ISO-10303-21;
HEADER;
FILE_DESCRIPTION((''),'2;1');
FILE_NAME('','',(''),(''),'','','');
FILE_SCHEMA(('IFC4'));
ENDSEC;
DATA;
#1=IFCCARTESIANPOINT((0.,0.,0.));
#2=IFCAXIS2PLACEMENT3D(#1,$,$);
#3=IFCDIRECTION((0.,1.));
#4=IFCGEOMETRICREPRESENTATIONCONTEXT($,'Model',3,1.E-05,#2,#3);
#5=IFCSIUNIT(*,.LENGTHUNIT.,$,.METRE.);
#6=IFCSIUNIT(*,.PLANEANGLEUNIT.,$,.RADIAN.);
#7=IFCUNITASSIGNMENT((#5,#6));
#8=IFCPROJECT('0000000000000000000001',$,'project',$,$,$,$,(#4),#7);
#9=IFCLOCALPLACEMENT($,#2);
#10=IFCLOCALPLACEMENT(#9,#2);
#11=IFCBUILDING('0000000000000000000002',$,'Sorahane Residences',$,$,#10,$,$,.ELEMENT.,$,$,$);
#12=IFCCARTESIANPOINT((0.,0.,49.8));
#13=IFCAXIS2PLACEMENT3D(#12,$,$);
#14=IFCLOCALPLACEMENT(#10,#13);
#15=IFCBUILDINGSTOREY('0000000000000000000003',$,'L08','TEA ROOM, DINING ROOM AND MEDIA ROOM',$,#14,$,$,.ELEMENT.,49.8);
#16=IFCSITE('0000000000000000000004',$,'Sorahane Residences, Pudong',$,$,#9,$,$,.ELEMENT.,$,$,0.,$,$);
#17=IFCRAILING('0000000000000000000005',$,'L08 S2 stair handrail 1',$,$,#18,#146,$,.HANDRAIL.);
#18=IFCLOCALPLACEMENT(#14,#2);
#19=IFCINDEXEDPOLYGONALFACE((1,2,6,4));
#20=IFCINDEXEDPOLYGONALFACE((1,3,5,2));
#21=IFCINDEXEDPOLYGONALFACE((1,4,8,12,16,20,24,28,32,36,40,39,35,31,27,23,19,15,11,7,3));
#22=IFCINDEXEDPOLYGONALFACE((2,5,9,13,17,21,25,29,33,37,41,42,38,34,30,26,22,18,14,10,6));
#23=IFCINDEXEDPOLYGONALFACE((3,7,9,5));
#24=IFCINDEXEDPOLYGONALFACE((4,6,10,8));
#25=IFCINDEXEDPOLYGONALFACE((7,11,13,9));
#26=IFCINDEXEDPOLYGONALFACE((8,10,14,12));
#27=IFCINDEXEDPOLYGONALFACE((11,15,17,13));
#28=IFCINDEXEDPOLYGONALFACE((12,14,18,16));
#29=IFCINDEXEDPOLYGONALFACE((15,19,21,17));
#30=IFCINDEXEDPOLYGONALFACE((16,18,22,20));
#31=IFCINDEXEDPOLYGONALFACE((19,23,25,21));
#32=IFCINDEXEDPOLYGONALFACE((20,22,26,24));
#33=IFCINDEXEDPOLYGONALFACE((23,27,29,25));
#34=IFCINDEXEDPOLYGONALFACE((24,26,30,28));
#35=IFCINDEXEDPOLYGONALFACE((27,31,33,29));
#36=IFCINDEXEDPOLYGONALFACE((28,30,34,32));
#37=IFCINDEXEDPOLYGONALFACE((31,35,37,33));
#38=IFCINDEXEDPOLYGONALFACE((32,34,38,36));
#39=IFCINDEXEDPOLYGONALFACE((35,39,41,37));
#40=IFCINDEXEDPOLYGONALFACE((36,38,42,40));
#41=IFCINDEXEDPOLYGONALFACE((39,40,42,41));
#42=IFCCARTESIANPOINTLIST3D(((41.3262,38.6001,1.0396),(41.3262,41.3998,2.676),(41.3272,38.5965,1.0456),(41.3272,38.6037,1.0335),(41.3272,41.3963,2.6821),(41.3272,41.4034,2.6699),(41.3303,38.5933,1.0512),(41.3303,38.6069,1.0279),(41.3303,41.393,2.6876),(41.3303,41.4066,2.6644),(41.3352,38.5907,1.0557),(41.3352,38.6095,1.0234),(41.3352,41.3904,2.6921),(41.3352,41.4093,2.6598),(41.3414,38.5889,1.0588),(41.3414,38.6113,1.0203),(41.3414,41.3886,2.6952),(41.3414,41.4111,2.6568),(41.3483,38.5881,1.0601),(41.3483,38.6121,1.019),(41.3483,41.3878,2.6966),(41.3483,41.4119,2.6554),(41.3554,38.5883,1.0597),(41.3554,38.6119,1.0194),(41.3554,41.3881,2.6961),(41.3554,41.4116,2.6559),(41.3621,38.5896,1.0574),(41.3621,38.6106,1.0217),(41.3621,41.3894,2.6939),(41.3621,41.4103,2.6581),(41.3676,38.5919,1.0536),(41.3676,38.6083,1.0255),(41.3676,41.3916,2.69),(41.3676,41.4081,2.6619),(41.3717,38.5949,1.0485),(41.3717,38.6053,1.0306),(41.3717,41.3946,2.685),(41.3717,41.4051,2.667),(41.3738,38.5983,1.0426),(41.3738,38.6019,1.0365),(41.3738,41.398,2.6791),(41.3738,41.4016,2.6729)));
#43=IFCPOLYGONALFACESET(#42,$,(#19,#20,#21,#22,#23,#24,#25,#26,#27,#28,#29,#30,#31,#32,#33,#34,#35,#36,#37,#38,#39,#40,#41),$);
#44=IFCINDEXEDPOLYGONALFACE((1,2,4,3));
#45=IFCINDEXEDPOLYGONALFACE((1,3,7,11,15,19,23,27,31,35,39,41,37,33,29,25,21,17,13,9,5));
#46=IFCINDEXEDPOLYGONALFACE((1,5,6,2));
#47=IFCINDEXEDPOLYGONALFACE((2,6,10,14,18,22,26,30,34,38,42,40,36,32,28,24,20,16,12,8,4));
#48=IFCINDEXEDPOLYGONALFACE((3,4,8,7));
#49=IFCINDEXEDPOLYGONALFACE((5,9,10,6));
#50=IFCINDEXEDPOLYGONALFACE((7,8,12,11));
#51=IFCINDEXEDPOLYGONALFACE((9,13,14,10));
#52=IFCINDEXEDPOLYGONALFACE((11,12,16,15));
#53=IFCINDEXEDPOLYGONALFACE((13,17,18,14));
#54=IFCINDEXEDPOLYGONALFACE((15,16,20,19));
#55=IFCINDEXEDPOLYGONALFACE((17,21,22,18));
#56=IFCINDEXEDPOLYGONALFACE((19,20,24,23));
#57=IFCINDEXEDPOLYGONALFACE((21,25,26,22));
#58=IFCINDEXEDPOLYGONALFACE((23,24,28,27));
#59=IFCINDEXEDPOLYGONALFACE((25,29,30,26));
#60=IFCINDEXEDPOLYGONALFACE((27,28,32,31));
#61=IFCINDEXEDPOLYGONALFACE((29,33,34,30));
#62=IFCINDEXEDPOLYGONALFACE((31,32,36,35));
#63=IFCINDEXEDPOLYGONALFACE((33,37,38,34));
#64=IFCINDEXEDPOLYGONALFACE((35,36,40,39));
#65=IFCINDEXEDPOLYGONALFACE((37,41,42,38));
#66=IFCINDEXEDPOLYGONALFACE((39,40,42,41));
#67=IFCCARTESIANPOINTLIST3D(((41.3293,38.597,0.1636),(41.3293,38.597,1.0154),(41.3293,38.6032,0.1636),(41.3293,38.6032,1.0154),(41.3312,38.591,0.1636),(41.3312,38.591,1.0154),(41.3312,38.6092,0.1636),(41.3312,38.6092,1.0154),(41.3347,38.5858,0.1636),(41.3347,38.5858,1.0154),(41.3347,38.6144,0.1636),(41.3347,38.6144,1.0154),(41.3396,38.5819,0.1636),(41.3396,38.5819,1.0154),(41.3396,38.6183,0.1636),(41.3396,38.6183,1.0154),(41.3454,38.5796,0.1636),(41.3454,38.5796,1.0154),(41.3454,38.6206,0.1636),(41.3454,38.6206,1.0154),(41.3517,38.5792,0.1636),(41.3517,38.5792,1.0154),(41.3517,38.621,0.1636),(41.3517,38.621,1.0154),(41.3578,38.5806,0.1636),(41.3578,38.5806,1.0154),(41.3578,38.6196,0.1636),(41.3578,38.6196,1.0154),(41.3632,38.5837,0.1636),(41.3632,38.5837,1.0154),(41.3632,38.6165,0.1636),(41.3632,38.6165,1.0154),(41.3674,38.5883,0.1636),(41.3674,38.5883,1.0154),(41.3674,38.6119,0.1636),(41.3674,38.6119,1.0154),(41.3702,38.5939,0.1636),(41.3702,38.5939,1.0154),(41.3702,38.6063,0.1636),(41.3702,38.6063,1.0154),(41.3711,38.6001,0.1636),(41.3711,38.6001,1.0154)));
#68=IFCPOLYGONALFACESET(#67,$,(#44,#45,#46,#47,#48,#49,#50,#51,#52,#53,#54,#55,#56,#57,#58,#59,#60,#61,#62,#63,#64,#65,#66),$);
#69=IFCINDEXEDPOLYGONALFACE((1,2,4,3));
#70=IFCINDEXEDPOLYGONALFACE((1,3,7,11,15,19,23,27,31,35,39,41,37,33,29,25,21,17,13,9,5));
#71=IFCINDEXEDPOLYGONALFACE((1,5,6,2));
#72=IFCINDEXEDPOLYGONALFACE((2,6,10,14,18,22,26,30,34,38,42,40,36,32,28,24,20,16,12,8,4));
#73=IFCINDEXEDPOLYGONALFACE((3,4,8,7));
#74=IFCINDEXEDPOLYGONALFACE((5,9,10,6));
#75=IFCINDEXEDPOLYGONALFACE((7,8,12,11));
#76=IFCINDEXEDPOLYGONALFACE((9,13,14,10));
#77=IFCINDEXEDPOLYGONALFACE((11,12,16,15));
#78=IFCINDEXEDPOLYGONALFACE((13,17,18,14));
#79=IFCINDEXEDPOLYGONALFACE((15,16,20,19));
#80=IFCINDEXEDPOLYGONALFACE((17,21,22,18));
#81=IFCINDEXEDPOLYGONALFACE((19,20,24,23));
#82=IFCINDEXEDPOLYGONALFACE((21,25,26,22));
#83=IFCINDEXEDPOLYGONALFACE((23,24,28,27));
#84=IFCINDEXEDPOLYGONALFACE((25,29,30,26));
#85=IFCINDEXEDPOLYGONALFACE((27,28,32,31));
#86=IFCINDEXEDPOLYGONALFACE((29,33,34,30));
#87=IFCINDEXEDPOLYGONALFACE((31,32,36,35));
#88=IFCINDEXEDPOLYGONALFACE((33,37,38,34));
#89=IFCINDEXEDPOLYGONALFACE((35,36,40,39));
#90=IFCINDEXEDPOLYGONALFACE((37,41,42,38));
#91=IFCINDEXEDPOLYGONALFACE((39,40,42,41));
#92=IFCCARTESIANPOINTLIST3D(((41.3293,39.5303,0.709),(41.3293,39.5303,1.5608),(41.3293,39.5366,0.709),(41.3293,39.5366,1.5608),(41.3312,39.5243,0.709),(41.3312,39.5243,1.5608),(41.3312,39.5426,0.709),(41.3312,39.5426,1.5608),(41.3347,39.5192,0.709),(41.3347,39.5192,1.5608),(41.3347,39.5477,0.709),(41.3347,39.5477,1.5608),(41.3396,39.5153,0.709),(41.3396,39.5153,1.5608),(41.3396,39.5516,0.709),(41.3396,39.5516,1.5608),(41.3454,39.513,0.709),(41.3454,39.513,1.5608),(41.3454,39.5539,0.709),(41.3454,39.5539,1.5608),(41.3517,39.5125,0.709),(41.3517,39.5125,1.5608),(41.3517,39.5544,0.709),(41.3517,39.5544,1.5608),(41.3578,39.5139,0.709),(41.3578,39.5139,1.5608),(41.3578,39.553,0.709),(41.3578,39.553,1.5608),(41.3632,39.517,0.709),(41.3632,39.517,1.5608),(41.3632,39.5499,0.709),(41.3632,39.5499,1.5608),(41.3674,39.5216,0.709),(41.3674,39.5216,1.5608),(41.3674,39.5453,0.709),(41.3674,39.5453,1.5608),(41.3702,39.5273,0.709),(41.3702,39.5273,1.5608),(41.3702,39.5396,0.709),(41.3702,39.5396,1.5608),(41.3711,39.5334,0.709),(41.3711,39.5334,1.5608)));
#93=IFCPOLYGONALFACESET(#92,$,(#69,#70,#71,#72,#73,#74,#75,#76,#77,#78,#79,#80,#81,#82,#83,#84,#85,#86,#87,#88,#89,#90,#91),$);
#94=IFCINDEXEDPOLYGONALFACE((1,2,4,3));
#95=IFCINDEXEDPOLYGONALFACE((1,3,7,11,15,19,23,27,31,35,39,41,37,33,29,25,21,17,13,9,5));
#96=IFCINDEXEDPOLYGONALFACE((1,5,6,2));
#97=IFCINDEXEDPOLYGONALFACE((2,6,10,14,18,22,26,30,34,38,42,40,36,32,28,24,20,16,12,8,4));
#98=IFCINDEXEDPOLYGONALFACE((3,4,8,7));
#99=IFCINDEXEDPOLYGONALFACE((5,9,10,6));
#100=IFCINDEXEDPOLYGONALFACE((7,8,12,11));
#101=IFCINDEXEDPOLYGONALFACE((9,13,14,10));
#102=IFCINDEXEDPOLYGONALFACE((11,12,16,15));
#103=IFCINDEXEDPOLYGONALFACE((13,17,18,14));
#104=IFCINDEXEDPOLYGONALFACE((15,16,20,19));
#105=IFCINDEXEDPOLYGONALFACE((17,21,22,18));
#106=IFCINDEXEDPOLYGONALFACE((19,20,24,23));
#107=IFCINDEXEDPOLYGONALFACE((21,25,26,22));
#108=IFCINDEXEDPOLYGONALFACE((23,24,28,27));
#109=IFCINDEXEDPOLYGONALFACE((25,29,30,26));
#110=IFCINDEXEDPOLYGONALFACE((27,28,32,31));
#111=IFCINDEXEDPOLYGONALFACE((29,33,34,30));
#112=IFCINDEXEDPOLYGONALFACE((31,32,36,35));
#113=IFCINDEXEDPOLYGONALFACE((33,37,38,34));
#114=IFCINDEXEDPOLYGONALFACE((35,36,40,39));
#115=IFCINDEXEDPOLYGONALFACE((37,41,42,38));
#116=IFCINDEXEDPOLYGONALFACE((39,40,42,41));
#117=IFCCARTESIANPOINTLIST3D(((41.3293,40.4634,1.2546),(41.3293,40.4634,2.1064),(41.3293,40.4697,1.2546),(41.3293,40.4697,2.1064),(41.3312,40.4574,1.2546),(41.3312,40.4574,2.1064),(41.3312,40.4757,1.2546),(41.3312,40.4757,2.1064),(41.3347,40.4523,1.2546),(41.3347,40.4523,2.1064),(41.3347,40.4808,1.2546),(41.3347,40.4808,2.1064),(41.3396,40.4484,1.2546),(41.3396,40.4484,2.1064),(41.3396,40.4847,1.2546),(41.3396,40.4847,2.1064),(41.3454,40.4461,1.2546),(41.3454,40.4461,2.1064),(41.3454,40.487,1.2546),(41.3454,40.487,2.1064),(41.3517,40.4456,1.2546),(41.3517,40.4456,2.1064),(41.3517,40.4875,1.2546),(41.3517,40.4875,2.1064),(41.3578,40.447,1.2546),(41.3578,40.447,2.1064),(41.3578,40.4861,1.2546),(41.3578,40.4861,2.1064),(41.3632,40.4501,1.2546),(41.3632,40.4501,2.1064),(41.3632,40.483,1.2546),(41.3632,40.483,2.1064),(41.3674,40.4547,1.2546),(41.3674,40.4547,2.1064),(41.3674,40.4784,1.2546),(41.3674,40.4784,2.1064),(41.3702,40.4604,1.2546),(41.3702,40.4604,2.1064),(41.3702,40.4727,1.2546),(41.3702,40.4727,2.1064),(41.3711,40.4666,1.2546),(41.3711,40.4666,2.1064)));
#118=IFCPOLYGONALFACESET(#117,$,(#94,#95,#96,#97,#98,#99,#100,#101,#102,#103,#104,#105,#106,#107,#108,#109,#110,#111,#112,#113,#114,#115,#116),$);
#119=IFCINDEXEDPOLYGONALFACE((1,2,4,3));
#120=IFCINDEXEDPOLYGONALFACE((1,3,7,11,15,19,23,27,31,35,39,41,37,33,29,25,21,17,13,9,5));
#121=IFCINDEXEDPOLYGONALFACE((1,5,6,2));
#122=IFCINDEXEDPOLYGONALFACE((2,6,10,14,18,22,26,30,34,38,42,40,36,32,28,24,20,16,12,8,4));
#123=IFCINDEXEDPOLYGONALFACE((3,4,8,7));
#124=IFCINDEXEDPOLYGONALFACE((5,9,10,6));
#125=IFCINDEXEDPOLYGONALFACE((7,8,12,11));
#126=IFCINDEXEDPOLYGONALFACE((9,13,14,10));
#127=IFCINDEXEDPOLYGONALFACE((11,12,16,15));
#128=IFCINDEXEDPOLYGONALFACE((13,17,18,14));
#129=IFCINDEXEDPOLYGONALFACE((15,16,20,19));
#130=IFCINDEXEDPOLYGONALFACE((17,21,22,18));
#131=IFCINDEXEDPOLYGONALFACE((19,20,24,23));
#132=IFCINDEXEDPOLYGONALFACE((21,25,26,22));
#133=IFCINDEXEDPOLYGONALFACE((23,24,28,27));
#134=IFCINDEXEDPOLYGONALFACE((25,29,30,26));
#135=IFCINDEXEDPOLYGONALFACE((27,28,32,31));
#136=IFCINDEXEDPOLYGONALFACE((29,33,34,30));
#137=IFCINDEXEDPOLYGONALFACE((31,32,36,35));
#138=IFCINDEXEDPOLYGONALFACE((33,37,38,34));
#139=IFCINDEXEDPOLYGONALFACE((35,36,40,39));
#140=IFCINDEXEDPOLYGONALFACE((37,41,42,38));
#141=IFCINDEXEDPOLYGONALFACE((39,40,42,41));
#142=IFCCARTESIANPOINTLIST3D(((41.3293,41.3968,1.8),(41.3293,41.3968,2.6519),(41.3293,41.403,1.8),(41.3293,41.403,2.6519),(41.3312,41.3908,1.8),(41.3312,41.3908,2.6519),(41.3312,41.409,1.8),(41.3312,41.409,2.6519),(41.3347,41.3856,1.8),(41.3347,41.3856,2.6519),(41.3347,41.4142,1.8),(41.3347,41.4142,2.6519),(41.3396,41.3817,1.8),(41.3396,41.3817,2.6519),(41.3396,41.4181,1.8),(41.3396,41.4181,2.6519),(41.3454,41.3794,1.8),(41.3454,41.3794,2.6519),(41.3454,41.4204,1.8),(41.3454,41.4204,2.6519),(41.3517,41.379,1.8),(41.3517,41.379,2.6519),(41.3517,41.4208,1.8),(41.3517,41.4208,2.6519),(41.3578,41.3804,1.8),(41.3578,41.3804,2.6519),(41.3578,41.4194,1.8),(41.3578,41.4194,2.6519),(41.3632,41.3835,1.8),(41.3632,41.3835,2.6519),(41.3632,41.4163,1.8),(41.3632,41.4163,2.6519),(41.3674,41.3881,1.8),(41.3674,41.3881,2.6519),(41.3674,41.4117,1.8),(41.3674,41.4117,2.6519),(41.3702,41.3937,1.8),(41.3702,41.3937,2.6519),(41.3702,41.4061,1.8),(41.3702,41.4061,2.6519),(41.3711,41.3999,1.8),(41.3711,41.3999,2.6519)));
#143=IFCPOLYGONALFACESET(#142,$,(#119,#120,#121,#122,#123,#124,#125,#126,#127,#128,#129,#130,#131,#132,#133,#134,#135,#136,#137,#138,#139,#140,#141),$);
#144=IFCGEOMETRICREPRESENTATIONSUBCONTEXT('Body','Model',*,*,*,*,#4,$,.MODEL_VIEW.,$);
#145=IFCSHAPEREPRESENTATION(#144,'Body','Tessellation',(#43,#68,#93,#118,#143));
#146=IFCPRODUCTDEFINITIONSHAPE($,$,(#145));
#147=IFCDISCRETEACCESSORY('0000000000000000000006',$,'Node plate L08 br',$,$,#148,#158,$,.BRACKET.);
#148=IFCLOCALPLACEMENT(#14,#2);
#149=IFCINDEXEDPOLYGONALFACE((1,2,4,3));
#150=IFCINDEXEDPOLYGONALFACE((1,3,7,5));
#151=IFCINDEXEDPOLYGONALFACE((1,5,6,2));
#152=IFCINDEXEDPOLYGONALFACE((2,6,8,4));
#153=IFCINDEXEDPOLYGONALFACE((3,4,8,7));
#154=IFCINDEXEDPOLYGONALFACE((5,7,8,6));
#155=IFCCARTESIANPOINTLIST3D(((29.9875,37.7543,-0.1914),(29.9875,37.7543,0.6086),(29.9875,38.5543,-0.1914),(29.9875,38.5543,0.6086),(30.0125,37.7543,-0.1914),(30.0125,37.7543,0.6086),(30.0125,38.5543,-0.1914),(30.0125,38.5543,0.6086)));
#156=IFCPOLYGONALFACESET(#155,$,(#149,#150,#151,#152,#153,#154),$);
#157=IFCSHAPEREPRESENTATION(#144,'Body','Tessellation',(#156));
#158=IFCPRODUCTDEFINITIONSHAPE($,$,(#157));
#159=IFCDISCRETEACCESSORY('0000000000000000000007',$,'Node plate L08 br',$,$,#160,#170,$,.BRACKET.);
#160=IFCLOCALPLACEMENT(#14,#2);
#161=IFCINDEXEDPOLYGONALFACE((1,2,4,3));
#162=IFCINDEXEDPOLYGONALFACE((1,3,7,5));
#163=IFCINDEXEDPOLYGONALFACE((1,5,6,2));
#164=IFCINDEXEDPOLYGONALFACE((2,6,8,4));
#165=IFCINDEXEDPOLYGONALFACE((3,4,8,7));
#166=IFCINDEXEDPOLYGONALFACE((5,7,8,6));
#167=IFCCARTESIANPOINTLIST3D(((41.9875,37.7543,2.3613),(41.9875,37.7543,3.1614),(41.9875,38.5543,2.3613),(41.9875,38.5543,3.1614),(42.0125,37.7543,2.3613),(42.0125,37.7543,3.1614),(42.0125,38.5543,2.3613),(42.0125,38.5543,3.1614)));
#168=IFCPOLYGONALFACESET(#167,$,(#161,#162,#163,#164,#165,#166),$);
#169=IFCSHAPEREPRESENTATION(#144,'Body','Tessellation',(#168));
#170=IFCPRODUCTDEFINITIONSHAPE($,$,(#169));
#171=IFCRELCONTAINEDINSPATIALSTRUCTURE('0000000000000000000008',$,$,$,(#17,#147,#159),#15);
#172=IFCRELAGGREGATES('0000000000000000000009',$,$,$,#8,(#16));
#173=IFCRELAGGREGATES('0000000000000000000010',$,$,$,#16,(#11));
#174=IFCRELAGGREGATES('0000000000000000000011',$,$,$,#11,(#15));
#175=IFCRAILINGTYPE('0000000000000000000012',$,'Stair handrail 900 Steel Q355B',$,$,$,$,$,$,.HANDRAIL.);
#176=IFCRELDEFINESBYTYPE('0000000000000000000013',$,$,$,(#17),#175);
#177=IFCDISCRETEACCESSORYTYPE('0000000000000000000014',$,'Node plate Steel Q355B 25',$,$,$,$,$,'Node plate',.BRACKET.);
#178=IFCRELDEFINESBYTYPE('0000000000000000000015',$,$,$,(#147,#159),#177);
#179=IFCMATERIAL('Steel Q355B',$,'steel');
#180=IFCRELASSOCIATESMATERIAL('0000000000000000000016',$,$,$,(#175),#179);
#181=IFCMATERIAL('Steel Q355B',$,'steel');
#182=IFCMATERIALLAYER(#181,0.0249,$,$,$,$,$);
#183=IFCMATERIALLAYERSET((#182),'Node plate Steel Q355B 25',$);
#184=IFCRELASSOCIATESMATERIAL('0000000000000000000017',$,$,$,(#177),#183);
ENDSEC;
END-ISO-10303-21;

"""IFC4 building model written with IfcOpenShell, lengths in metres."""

from ifc_helpers import new_model, si_unit, direction, frame, origin, origin_2d, place, context, subcontext, project, spatial, rectangle, circle, extrude, material, layer, layer_set, type_object, element, save


model = new_model("IFC4")

# Units and contexts
model_context = context("Model", 3, precision=1e-05, world=origin(), true_north=direction((0.0, 1.0)))
body_context = subcontext(model_context, "Body", "Model", "MODEL_VIEW")
ifc_project = project(units=[si_unit("LENGTHUNIT", "METRE"), si_unit("PLANEANGLEUNIT", "RADIAN")], contexts=[model_context])

# Site, building, storey
site_placement = place(None, origin())
site = spatial("IfcSite", under=ifc_project, at=site_placement, Name="Sorahane Residences, Pudong", CompositionType="ELEMENT", RefElevation=0.0)
building_placement = place(site_placement, origin())
building = spatial("IfcBuilding", under=site, at=building_placement, Name="Sorahane Residences", CompositionType="ELEMENT")
storey_placement = place(building_placement, frame((0.0, 0.0, 49.8)))
storey = spatial("IfcBuildingStorey", under=building, at=storey_placement, Name="L08", Description="TEA ROOM, DINING ROOM AND MEDIA ROOM", CompositionType="ELEMENT", Elevation=49.8)

# Railing
ifc_material_1 = material(Name="Steel Q355B", Category="steel")
railing_type_1 = type_object("IfcRailingType", Name="Stair handrail 900 Steel Q355B", PredefinedType="HANDRAIL", material=ifc_material_1)
railing_1_placement = place(storey_placement, frame((41.3501, 38.6001, 0.1636)))
element("IfcRailing", 1, at=railing_1_placement, inside=storey, type_object=railing_type_1, Name="L08 S2 stair handrail 1", PredefinedType="HANDRAIL", context=body_context, shape_type="SweptSolid", body=[
    extrude(circle(Radius=0.0239, at=origin_2d()), frame((0.0, 0.0, 0.876), z_axis=(0.0, 0.863342, 0.50462), x_axis=(-1.0, 0.0, 0.0)), (0.0, 0.0, 1.0), 3.2429),
    extrude(circle(Radius=0.021, at=origin_2d()), origin(), (0.0, 0.0, 1.0), 0.8518),
    extrude(circle(Radius=0.021, at=origin_2d()), frame((0.0, 0.9333, 0.5454)), (0.0, 0.0, 1.0), 0.8518),
    extrude(circle(Radius=0.021, at=origin_2d()), frame((0.0, 1.8665, 1.0911)), (0.0, 0.0, 1.0), 0.8518),
    extrude(circle(Radius=0.021, at=origin_2d()), frame((0.0, 2.7998, 1.6365)), (0.0, 0.0, 1.0), 0.8518),
])

# Discrete accessories
ifc_material_2 = material(Name="Steel Q355B", Category="steel")
ifc_layer_1 = layer(ifc_material_2, 0.0249)
ifc_layer_set_1 = layer_set([ifc_layer_1], Name="Node plate Steel Q355B 25")
discrete_accessory_type = type_object("IfcDiscreteAccessoryType", Name="Node plate Steel Q355B 25", ElementType="Node plate", PredefinedType="BRACKET", material=ifc_layer_set_1)
for number, where, z_axis, x_axis, name in (
    (2, (30.0, 38.1543, -0.1914), (0.0, 0.0, 1.0), (0.0, 1.0, 0.0), "Node plate L08 br"),
    (3, (42.0, 38.1543, 2.3613), (0.0, 0.0, 1.0), (0.0, 1.0, 0.0), "Node plate L08 br"),
):
    element("IfcDiscreteAccessory", number, at=place(storey_placement, frame(where, z_axis=z_axis, x_axis=x_axis)), inside=storey, type_object=discrete_accessory_type, Name=name, PredefinedType="BRACKET", context=body_context, shape_type="SweptSolid", body=[
        extrude(rectangle(XDim=0.8, YDim=0.0249, at=origin_2d()), origin(), (0.0, 0.0, 1.0), 0.8),
    ])

save(model, "model.ifc")
